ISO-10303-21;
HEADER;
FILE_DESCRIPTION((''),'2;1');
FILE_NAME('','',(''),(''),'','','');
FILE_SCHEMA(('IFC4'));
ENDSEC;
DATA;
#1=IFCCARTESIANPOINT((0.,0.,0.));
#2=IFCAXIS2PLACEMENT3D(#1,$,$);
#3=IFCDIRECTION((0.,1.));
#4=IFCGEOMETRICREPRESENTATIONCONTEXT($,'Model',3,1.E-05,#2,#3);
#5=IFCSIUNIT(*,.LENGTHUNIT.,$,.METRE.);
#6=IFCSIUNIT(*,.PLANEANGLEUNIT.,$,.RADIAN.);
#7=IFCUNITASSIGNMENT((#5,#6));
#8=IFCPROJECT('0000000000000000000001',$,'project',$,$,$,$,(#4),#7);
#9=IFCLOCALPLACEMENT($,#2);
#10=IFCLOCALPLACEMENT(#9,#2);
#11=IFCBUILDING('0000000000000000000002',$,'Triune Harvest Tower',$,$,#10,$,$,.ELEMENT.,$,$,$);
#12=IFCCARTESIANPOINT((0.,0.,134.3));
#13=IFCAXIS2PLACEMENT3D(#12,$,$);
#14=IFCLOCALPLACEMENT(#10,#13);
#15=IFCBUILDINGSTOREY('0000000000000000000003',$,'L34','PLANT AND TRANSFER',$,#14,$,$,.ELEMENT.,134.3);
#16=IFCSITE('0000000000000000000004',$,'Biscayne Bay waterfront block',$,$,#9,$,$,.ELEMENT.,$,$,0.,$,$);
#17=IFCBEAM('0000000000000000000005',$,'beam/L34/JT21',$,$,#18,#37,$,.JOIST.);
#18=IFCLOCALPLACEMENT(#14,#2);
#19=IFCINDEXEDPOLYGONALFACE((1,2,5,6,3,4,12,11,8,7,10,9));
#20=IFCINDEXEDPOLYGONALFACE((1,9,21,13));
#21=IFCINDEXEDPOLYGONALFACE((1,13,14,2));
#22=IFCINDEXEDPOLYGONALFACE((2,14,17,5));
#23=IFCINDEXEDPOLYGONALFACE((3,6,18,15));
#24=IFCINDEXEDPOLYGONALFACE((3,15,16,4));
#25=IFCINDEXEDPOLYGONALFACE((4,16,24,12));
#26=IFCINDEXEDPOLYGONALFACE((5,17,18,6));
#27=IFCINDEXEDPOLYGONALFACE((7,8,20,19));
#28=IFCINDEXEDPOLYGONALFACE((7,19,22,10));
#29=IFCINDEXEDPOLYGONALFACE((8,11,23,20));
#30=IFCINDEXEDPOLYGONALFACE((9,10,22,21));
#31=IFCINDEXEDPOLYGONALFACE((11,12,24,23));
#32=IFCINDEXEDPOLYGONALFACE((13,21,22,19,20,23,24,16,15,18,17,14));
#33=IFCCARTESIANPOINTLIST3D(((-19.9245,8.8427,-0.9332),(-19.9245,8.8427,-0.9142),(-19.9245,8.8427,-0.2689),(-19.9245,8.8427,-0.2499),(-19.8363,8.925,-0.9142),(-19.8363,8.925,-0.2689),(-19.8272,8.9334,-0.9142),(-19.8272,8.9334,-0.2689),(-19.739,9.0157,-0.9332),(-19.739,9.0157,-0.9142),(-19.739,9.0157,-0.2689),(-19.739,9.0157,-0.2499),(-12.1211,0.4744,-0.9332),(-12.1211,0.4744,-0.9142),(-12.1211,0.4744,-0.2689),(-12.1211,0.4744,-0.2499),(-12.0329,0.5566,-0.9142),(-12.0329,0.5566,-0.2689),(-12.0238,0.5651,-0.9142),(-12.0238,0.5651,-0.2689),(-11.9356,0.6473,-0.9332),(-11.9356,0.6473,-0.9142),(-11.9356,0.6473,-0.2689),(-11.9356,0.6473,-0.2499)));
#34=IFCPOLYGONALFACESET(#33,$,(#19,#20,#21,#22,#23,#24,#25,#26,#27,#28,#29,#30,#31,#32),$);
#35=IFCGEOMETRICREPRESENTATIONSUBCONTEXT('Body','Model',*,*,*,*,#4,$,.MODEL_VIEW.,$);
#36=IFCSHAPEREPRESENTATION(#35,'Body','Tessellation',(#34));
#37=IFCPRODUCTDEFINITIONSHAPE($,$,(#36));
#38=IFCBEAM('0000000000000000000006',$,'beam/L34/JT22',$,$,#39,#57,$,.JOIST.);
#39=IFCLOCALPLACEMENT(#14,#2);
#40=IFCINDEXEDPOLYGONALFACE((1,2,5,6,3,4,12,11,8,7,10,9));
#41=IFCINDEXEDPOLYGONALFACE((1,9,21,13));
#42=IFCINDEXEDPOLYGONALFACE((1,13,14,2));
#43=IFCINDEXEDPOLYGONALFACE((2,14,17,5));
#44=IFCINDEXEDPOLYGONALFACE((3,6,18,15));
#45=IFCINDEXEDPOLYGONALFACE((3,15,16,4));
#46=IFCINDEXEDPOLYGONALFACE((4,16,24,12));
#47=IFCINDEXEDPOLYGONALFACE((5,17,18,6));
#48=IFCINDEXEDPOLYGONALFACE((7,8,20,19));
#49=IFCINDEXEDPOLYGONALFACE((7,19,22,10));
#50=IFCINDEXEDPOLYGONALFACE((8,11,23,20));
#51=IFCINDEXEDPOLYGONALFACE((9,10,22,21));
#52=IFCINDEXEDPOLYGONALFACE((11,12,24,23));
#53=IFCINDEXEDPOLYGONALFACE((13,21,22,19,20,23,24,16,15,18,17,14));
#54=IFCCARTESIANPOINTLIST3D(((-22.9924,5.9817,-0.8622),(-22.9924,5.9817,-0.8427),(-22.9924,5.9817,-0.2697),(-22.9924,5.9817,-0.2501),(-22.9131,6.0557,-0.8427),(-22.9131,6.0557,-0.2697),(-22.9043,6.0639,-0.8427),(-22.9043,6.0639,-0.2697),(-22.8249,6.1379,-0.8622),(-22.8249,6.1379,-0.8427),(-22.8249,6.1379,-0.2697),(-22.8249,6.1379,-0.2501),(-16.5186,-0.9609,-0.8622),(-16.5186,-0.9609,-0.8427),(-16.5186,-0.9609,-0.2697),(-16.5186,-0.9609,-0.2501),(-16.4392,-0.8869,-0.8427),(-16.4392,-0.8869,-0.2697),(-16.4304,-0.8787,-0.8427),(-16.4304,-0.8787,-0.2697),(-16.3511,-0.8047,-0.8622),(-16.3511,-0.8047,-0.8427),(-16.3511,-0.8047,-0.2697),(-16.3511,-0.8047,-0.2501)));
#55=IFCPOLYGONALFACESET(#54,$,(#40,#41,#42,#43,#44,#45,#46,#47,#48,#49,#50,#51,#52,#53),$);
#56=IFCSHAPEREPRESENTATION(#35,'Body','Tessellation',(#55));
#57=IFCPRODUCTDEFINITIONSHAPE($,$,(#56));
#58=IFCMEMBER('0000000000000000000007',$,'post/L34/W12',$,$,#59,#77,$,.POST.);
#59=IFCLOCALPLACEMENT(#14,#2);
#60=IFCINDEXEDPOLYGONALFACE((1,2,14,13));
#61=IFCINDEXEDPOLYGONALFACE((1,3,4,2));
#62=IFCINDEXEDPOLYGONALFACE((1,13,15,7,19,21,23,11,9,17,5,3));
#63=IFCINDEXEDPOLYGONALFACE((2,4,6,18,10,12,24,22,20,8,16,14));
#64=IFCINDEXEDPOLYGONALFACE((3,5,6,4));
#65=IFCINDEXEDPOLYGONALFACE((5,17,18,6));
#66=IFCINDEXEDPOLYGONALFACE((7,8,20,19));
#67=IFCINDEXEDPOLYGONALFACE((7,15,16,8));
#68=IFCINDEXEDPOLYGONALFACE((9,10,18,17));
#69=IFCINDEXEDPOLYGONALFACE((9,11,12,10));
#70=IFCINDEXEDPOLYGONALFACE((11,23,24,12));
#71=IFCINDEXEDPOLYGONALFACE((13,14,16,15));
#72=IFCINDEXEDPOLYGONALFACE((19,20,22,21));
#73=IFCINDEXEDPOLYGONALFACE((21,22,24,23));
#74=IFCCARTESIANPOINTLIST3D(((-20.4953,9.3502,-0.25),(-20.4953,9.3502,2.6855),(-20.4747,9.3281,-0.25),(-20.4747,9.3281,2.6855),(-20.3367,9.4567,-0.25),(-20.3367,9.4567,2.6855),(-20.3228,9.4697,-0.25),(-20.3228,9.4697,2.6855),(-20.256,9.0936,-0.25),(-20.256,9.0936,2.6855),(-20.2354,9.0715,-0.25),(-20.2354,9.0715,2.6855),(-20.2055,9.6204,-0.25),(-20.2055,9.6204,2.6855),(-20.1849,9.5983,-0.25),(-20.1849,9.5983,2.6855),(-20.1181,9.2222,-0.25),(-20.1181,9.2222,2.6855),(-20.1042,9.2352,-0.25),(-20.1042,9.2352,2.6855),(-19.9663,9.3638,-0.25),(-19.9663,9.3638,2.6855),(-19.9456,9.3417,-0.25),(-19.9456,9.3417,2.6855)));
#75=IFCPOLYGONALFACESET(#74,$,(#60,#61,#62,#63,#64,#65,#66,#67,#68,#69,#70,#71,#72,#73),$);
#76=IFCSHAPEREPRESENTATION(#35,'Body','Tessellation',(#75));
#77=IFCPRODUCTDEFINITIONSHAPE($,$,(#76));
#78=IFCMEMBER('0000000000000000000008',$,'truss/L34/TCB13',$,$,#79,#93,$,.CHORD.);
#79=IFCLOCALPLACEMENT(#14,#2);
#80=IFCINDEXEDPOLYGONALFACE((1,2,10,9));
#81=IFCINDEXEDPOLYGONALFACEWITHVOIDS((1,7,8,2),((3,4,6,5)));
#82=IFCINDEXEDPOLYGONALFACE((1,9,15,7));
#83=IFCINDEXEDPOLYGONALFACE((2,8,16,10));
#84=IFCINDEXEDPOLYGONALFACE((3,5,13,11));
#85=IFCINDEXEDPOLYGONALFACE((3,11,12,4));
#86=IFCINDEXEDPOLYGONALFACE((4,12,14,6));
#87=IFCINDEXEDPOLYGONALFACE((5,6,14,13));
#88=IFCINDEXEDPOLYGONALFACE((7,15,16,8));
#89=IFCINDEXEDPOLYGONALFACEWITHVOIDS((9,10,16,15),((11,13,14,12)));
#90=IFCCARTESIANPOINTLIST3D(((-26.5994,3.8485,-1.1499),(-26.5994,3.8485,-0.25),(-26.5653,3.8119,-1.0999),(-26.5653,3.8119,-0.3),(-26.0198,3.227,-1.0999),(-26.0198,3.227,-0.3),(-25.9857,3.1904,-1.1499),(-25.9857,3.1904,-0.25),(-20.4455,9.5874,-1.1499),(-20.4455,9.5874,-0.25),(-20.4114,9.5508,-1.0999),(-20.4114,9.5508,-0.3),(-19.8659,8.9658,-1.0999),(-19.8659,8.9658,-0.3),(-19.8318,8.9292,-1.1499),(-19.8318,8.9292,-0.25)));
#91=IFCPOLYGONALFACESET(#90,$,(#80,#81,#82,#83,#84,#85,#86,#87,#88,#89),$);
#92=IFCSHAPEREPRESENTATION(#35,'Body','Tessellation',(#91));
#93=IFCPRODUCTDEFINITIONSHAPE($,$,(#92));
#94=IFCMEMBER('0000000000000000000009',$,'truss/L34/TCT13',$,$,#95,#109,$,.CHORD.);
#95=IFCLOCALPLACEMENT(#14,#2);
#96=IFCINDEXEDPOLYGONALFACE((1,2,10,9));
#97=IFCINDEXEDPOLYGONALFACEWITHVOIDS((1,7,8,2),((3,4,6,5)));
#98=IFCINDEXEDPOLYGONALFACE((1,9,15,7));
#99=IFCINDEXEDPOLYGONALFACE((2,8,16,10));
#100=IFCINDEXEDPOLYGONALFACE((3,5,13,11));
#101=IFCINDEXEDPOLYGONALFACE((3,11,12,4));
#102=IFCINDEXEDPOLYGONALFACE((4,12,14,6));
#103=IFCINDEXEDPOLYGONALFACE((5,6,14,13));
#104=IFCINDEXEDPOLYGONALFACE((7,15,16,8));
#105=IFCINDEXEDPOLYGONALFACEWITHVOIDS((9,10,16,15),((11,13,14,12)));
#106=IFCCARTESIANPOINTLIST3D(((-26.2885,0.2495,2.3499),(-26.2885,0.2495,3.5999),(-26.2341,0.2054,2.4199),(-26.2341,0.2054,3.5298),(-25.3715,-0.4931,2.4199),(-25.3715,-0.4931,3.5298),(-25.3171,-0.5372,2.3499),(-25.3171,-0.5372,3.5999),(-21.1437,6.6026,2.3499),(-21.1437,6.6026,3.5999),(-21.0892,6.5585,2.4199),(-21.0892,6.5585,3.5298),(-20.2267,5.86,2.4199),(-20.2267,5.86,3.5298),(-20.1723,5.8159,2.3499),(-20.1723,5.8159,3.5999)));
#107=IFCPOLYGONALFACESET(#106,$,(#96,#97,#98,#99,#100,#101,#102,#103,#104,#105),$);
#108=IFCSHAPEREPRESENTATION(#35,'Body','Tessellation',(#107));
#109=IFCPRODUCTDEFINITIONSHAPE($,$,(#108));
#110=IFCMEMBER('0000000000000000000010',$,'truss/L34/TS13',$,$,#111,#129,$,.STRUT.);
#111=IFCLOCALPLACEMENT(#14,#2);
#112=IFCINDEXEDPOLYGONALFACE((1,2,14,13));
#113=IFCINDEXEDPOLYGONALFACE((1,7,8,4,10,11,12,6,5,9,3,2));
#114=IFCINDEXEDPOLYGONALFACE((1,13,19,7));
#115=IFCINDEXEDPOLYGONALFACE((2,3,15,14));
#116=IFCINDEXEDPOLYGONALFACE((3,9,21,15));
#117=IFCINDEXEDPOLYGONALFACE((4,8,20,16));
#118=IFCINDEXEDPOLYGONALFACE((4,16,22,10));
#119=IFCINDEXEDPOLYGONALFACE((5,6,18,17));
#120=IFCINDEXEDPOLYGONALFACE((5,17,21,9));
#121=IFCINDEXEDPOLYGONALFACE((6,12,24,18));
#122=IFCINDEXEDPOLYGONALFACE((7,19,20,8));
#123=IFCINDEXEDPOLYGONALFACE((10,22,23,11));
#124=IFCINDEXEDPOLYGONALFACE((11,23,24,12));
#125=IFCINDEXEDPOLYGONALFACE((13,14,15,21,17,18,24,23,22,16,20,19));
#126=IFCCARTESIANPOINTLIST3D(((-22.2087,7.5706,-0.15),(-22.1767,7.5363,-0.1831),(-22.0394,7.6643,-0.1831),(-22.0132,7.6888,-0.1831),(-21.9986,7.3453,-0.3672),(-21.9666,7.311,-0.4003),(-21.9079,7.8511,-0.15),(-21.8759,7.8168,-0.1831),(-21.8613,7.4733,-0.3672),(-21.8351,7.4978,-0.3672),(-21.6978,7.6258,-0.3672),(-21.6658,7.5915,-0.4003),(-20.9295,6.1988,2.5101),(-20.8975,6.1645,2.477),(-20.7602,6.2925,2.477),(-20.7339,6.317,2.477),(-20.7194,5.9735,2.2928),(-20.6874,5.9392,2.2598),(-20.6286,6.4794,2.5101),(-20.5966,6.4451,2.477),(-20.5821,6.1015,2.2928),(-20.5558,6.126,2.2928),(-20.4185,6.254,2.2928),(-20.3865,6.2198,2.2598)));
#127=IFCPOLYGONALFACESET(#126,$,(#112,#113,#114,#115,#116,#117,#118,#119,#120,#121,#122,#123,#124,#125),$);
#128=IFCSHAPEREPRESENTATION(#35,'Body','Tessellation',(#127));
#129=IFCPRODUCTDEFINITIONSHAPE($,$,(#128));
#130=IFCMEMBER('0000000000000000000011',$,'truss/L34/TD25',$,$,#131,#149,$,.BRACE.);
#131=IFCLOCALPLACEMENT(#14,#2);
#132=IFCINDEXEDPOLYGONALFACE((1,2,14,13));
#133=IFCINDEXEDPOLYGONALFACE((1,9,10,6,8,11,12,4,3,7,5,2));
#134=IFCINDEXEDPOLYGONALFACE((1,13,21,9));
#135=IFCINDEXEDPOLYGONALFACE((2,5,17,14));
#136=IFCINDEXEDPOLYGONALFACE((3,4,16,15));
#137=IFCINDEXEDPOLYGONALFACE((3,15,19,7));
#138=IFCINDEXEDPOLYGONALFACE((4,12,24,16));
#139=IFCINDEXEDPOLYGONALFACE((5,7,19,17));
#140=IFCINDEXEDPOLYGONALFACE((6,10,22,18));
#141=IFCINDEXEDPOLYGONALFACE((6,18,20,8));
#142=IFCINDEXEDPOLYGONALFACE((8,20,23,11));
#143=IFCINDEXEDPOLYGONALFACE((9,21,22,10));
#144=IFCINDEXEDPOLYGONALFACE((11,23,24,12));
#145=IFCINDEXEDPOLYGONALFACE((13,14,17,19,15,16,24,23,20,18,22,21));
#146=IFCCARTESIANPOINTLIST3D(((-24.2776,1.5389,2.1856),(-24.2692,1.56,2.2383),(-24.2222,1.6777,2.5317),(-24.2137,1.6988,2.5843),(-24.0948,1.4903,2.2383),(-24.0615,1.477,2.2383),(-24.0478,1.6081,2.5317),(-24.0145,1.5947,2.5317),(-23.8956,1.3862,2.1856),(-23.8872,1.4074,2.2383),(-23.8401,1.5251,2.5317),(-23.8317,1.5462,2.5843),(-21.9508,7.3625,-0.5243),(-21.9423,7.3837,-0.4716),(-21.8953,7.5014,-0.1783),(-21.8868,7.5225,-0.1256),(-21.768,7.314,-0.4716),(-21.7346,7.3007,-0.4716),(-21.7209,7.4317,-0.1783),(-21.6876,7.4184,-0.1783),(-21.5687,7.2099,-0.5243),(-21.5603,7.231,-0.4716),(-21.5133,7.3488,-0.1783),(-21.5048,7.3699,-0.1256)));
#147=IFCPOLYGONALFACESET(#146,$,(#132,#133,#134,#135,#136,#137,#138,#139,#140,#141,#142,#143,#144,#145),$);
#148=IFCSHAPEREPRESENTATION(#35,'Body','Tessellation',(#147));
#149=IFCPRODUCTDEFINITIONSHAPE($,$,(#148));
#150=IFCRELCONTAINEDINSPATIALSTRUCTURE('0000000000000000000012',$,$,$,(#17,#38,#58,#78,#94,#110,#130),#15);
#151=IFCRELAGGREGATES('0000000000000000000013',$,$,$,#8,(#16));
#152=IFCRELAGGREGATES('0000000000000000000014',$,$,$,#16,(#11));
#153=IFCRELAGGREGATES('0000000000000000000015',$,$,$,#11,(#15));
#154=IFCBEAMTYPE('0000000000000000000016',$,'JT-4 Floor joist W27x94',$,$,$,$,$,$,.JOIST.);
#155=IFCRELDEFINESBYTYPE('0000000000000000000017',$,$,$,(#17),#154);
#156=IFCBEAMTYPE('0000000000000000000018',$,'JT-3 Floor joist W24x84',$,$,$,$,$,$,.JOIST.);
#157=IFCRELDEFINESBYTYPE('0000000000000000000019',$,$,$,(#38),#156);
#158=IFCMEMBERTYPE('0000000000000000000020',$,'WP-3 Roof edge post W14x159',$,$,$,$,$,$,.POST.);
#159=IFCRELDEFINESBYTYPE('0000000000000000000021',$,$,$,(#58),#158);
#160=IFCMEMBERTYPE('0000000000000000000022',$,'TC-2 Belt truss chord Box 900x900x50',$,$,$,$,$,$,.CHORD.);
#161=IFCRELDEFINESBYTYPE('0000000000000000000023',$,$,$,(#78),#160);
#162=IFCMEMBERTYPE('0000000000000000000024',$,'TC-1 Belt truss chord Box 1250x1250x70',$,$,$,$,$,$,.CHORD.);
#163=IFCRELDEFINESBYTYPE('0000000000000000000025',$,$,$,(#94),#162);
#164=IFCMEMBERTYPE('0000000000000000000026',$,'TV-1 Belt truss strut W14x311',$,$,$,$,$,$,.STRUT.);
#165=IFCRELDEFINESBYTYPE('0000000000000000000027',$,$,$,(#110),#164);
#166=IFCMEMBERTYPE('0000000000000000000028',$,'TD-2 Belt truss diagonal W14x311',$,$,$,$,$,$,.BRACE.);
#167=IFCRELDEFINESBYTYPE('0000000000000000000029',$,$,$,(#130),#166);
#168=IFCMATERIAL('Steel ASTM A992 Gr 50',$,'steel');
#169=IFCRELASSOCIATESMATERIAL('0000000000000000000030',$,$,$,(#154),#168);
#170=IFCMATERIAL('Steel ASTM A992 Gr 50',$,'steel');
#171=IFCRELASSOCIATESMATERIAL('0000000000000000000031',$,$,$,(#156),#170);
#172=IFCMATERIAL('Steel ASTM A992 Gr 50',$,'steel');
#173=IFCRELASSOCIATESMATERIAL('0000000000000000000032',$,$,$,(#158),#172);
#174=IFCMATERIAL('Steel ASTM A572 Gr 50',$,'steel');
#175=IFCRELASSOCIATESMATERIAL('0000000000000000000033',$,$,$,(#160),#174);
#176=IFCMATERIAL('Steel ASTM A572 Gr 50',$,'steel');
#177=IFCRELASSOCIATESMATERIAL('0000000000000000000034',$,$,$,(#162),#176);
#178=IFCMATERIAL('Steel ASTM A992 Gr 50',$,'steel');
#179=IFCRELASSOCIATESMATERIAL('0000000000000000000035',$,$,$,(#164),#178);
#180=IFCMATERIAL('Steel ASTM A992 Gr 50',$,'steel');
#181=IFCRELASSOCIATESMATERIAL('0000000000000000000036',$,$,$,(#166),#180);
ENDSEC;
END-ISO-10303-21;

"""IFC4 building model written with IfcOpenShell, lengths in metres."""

from ifc_helpers import new_model, si_unit, direction, frame, origin, origin_2d, place, context, subcontext, project, spatial, hollow_rectangle, i_section, extrude, source, transform, mapped, material, material_profile, profile_set, type_object, element, save


model = new_model("IFC4")

# Units and contexts
model_context = context("Model", 3, precision=1e-05, world=origin(), true_north=direction((0.0, 1.0)))
body_context = subcontext(model_context, "Body", "Model", "MODEL_VIEW")
ifc_project = project(units=[si_unit("LENGTHUNIT", "METRE"), si_unit("PLANEANGLEUNIT", "RADIAN")], contexts=[model_context])

# Site, building, storey
site_placement = place(None, origin())
site = spatial("IfcSite", under=ifc_project, at=site_placement, Name="Biscayne Bay waterfront block", CompositionType="ELEMENT", RefElevation=0.0)
building_placement = place(site_placement, origin())
building = spatial("IfcBuilding", under=site, at=building_placement, Name="Triune Harvest Tower", CompositionType="ELEMENT")
storey_placement = place(building_placement, frame((0.0, 0.0, 134.3)))
storey = spatial("IfcBuildingStorey", under=building, at=storey_placement, Name="L34", Description="PLANT AND TRANSFER", CompositionType="ELEMENT", Elevation=134.3)

# Beams
ifc_material_1 = material(Name="Steel ASTM A992 Gr 50", Category="steel")
ifc_material_profile_1 = material_profile(ifc_material_1, i_section(OverallWidth=0.2537, OverallDepth=0.6833, WebThickness=0.0125, FlangeThickness=0.019, at=origin_2d()), Name="W27x94")
ifc_profile_set_1 = profile_set([ifc_material_profile_1], Name="Steel ASTM A992 Gr 50")
beam_type_1 = type_object("IfcBeamType", Name="JT-4 Floor joist W27x94", PredefinedType="JOIST", material=ifc_profile_set_1)
shared_shape_1 = source(origin(), body_context, "Body", "SweptSolid", [
    extrude(i_section(OverallWidth=0.2537, OverallDepth=0.6833, WebThickness=0.0125, FlangeThickness=0.019, at=origin_2d()), origin(), (0.0, 0.0, 1.0), 11.4421),
])
beam_1_placement = place(storey_placement, frame((-19.8318, 8.9292, -0.5916), z_axis=(0.681989, -0.731362, 0.0), x_axis=(0.731362, 0.681989, 0.0)))
element("IfcBeam", 1, at=beam_1_placement, inside=storey, type_object=beam_type_1, Name="beam/L34/JT21", PredefinedType="JOIST", context=body_context, shape_type="MappedRepresentation", body=[
    mapped(shared_shape_1, transform((0.0, 0.0, 0.0), scale=1.0)),
])
ifc_material_2 = material(Name="Steel ASTM A992 Gr 50", Category="steel")
ifc_material_profile_2 = material_profile(ifc_material_2, i_section(OverallWidth=0.229, OverallDepth=0.6121, WebThickness=0.012, FlangeThickness=0.0195, at=origin_2d()), Name="W24x84")
ifc_profile_set_2 = profile_set([ifc_material_profile_2], Name="Steel ASTM A992 Gr 50")
beam_type_2 = type_object("IfcBeamType", Name="JT-3 Floor joist W24x84", PredefinedType="JOIST", material=ifc_profile_set_2)
shared_shape_2 = source(origin(), body_context, "Body", "SweptSolid", [
    extrude(i_section(OverallWidth=0.229, OverallDepth=0.6121, WebThickness=0.012, FlangeThickness=0.0195, at=origin_2d()), origin(), (0.0, 0.0, 1.0), 9.4927),
])
beam_2_placement = place(storey_placement, frame((-22.9087, 6.0598, -0.5562), z_axis=(0.681986, -0.731366, 0.0), x_axis=(0.731366, 0.681986, 0.0)))
element("IfcBeam", 2, at=beam_2_placement, inside=storey, type_object=beam_type_2, Name="beam/L34/JT22", PredefinedType="JOIST", context=body_context, shape_type="MappedRepresentation", body=[
    mapped(shared_shape_2, transform((0.0, 0.0, 0.0), scale=1.0)),
])

# Members
ifc_material_3 = material(Name="Steel ASTM A992 Gr 50", Category="steel")
ifc_material_profile_3 = material_profile(ifc_material_3, i_section(OverallWidth=0.3962, OverallDepth=0.3811, WebThickness=0.019, FlangeThickness=0.0303, at=origin_2d()), Name="W14x159")
ifc_profile_set_3 = profile_set([ifc_material_profile_3], Name="Steel ASTM A992 Gr 50")
member_type_1 = type_object("IfcMemberType", Name="WP-3 Roof edge post W14x159", PredefinedType="POST", material=ifc_profile_set_3)
shared_shape_3 = source(origin(), body_context, "Body", "SweptSolid", [
    extrude(i_section(OverallWidth=0.3962, OverallDepth=0.3811, WebThickness=0.019, FlangeThickness=0.0303, at=origin_2d()), origin(), (0.0, 0.0, 1.0), 2.9355),
])
member_1_placement = place(storey_placement, frame((-20.2205, 9.3459, -0.25), z_axis=(0.0, 0.0, 1.0), x_axis=(-0.731355, -0.681997, 0.0)))
element("IfcMember", 3, at=member_1_placement, inside=storey, type_object=member_type_1, Name="post/L34/W12", PredefinedType="POST", context=body_context, shape_type="MappedRepresentation", body=[
    mapped(shared_shape_3, transform((0.0, 0.0, 0.0), scale=1.0)),
])
ifc_material_4 = material(Name="Steel ASTM A572 Gr 50", Category="steel")
ifc_material_profile_4 = material_profile(ifc_material_4, hollow_rectangle(XDim=0.8999, YDim=0.8999, WallThickness=0.05, at=origin_2d()), Name="Box 900x900x50")
ifc_profile_set_4 = profile_set([ifc_material_profile_4], Name="Steel ASTM A572 Gr 50")
member_type_2 = type_object("IfcMemberType", Name="TC-2 Belt truss chord Box 900x900x50", PredefinedType="CHORD", material=ifc_profile_set_4)
shared_shape_4 = source(origin(), body_context, "Body", "SweptSolid", [
    extrude(hollow_rectangle(XDim=0.8999, YDim=0.8999, WallThickness=0.05, at=origin_2d()), origin(), (0.0, 0.0, 1.0), 8.4146),
])
member_2_placement = place(storey_placement, frame((-20.1387, 9.2583, -0.7), z_axis=(-0.731339, -0.682014, 0.0), x_axis=(0.682014, -0.731339, 0.0)))
element("IfcMember", 4, at=member_2_placement, inside=storey, type_object=member_type_2, Name="truss/L34/TCB13", PredefinedType="CHORD", context=body_context, shape_type="MappedRepresentation", body=[
    mapped(shared_shape_4, transform((0.0, 0.0, 0.0), scale=1.0)),
])
ifc_material_5 = material(Name="Steel ASTM A572 Gr 50", Category="steel")
ifc_material_profile_5 = material_profile(ifc_material_5, hollow_rectangle(XDim=1.25, YDim=1.25, WallThickness=0.0701, at=origin_2d()), Name="Box 1250x1250x70")
ifc_profile_set_5 = profile_set([ifc_material_profile_5], Name="Steel ASTM A572 Gr 50")
member_type_3 = type_object("IfcMemberType", Name="TC-1 Belt truss chord Box 1250x1250x70", PredefinedType="CHORD", material=ifc_profile_set_5)
shared_shape_5 = source(origin(), body_context, "Body", "SweptSolid", [
    extrude(hollow_rectangle(XDim=1.25, YDim=1.25, WallThickness=0.0701, at=origin_2d()), origin(), (0.0, 0.0, 1.0), 8.175),
])
member_3_placement = place(storey_placement, frame((-20.658, 6.2092, 2.9749), z_axis=(-0.629335, -0.777134, 0.0), x_axis=(0.777134, -0.629335, 0.0)))
element("IfcMember", 5, at=member_3_placement, inside=storey, type_object=member_type_3, Name="truss/L34/TCT13", PredefinedType="CHORD", context=body_context, shape_type="MappedRepresentation", body=[
    mapped(shared_shape_5, transform((0.0, 0.0, 0.0), scale=1.0)),
])
ifc_material_6 = material(Name="Steel ASTM A992 Gr 50", Category="steel")
ifc_material_profile_6 = material_profile(ifc_material_6, i_section(OverallWidth=0.4114, OverallDepth=0.4343, WebThickness=0.0359, FlangeThickness=0.0574, at=origin_2d()), Name="W14x311")
ifc_profile_set_6 = profile_set([ifc_material_profile_6], Name="Steel ASTM A992 Gr 50")
member_type_4 = type_object("IfcMemberType", Name="TV-1 Belt truss strut W14x311", PredefinedType="STRUT", material=ifc_profile_set_6)
shared_shape_6 = source(origin(), body_context, "Body", "SweptSolid", [
    extrude(i_section(OverallWidth=0.4114, OverallDepth=0.4343, WebThickness=0.0359, FlangeThickness=0.0574, at=origin_2d()), origin(), (0.0, 0.0, 1.0), 3.2549),
])
member_4_placement = place(storey_placement, frame((-21.9373, 7.5811, -0.2751), z_axis=(0.393027, -0.421454, 0.817256), x_axis=(0.731341, 0.682012, 0.0)))
element("IfcMember", 6, at=member_4_placement, inside=storey, type_object=member_type_4, Name="truss/L34/TS13", PredefinedType="STRUT", context=body_context, shape_type="MappedRepresentation", body=[
    mapped(shared_shape_6, transform((0.0, 0.0, 0.0), scale=1.0)),
])
ifc_material_7 = material(Name="Steel ASTM A992 Gr 50", Category="steel")
ifc_material_profile_7 = material_profile(ifc_material_7, i_section(OverallWidth=0.4114, OverallDepth=0.4343, WebThickness=0.0359, FlangeThickness=0.0574, at=origin_2d()), Name="W14x311")
ifc_profile_set_7 = profile_set([ifc_material_profile_7], Name="Steel ASTM A992 Gr 50")
member_type_5 = type_object("IfcMemberType", Name="TD-2 Belt truss diagonal W14x311", PredefinedType="BRACE", material=ifc_profile_set_7)
shared_shape_7 = source(origin(), body_context, "Body", "SweptSolid", [
    extrude(i_section(OverallWidth=0.4114, OverallDepth=0.4343, WebThickness=0.0359, FlangeThickness=0.0574, at=origin_2d()), origin(), (0.0, 0.0, 1.0), 6.8318),
])
member_5_placement = place(storey_placement, frame((-21.7278, 7.3662, -0.325), z_axis=(-0.340596, -0.852438, 0.396666), x_axis=(0.928619, -0.371035, 0.0)))
element("IfcMember", 7, at=member_5_placement, inside=storey, type_object=member_type_5, Name="truss/L34/TD25", PredefinedType="BRACE", context=body_context, shape_type="MappedRepresentation", body=[
    mapped(shared_shape_7, transform((0.0, 0.0, 0.0), scale=1.0)),
])

save(model, "model.ifc")
